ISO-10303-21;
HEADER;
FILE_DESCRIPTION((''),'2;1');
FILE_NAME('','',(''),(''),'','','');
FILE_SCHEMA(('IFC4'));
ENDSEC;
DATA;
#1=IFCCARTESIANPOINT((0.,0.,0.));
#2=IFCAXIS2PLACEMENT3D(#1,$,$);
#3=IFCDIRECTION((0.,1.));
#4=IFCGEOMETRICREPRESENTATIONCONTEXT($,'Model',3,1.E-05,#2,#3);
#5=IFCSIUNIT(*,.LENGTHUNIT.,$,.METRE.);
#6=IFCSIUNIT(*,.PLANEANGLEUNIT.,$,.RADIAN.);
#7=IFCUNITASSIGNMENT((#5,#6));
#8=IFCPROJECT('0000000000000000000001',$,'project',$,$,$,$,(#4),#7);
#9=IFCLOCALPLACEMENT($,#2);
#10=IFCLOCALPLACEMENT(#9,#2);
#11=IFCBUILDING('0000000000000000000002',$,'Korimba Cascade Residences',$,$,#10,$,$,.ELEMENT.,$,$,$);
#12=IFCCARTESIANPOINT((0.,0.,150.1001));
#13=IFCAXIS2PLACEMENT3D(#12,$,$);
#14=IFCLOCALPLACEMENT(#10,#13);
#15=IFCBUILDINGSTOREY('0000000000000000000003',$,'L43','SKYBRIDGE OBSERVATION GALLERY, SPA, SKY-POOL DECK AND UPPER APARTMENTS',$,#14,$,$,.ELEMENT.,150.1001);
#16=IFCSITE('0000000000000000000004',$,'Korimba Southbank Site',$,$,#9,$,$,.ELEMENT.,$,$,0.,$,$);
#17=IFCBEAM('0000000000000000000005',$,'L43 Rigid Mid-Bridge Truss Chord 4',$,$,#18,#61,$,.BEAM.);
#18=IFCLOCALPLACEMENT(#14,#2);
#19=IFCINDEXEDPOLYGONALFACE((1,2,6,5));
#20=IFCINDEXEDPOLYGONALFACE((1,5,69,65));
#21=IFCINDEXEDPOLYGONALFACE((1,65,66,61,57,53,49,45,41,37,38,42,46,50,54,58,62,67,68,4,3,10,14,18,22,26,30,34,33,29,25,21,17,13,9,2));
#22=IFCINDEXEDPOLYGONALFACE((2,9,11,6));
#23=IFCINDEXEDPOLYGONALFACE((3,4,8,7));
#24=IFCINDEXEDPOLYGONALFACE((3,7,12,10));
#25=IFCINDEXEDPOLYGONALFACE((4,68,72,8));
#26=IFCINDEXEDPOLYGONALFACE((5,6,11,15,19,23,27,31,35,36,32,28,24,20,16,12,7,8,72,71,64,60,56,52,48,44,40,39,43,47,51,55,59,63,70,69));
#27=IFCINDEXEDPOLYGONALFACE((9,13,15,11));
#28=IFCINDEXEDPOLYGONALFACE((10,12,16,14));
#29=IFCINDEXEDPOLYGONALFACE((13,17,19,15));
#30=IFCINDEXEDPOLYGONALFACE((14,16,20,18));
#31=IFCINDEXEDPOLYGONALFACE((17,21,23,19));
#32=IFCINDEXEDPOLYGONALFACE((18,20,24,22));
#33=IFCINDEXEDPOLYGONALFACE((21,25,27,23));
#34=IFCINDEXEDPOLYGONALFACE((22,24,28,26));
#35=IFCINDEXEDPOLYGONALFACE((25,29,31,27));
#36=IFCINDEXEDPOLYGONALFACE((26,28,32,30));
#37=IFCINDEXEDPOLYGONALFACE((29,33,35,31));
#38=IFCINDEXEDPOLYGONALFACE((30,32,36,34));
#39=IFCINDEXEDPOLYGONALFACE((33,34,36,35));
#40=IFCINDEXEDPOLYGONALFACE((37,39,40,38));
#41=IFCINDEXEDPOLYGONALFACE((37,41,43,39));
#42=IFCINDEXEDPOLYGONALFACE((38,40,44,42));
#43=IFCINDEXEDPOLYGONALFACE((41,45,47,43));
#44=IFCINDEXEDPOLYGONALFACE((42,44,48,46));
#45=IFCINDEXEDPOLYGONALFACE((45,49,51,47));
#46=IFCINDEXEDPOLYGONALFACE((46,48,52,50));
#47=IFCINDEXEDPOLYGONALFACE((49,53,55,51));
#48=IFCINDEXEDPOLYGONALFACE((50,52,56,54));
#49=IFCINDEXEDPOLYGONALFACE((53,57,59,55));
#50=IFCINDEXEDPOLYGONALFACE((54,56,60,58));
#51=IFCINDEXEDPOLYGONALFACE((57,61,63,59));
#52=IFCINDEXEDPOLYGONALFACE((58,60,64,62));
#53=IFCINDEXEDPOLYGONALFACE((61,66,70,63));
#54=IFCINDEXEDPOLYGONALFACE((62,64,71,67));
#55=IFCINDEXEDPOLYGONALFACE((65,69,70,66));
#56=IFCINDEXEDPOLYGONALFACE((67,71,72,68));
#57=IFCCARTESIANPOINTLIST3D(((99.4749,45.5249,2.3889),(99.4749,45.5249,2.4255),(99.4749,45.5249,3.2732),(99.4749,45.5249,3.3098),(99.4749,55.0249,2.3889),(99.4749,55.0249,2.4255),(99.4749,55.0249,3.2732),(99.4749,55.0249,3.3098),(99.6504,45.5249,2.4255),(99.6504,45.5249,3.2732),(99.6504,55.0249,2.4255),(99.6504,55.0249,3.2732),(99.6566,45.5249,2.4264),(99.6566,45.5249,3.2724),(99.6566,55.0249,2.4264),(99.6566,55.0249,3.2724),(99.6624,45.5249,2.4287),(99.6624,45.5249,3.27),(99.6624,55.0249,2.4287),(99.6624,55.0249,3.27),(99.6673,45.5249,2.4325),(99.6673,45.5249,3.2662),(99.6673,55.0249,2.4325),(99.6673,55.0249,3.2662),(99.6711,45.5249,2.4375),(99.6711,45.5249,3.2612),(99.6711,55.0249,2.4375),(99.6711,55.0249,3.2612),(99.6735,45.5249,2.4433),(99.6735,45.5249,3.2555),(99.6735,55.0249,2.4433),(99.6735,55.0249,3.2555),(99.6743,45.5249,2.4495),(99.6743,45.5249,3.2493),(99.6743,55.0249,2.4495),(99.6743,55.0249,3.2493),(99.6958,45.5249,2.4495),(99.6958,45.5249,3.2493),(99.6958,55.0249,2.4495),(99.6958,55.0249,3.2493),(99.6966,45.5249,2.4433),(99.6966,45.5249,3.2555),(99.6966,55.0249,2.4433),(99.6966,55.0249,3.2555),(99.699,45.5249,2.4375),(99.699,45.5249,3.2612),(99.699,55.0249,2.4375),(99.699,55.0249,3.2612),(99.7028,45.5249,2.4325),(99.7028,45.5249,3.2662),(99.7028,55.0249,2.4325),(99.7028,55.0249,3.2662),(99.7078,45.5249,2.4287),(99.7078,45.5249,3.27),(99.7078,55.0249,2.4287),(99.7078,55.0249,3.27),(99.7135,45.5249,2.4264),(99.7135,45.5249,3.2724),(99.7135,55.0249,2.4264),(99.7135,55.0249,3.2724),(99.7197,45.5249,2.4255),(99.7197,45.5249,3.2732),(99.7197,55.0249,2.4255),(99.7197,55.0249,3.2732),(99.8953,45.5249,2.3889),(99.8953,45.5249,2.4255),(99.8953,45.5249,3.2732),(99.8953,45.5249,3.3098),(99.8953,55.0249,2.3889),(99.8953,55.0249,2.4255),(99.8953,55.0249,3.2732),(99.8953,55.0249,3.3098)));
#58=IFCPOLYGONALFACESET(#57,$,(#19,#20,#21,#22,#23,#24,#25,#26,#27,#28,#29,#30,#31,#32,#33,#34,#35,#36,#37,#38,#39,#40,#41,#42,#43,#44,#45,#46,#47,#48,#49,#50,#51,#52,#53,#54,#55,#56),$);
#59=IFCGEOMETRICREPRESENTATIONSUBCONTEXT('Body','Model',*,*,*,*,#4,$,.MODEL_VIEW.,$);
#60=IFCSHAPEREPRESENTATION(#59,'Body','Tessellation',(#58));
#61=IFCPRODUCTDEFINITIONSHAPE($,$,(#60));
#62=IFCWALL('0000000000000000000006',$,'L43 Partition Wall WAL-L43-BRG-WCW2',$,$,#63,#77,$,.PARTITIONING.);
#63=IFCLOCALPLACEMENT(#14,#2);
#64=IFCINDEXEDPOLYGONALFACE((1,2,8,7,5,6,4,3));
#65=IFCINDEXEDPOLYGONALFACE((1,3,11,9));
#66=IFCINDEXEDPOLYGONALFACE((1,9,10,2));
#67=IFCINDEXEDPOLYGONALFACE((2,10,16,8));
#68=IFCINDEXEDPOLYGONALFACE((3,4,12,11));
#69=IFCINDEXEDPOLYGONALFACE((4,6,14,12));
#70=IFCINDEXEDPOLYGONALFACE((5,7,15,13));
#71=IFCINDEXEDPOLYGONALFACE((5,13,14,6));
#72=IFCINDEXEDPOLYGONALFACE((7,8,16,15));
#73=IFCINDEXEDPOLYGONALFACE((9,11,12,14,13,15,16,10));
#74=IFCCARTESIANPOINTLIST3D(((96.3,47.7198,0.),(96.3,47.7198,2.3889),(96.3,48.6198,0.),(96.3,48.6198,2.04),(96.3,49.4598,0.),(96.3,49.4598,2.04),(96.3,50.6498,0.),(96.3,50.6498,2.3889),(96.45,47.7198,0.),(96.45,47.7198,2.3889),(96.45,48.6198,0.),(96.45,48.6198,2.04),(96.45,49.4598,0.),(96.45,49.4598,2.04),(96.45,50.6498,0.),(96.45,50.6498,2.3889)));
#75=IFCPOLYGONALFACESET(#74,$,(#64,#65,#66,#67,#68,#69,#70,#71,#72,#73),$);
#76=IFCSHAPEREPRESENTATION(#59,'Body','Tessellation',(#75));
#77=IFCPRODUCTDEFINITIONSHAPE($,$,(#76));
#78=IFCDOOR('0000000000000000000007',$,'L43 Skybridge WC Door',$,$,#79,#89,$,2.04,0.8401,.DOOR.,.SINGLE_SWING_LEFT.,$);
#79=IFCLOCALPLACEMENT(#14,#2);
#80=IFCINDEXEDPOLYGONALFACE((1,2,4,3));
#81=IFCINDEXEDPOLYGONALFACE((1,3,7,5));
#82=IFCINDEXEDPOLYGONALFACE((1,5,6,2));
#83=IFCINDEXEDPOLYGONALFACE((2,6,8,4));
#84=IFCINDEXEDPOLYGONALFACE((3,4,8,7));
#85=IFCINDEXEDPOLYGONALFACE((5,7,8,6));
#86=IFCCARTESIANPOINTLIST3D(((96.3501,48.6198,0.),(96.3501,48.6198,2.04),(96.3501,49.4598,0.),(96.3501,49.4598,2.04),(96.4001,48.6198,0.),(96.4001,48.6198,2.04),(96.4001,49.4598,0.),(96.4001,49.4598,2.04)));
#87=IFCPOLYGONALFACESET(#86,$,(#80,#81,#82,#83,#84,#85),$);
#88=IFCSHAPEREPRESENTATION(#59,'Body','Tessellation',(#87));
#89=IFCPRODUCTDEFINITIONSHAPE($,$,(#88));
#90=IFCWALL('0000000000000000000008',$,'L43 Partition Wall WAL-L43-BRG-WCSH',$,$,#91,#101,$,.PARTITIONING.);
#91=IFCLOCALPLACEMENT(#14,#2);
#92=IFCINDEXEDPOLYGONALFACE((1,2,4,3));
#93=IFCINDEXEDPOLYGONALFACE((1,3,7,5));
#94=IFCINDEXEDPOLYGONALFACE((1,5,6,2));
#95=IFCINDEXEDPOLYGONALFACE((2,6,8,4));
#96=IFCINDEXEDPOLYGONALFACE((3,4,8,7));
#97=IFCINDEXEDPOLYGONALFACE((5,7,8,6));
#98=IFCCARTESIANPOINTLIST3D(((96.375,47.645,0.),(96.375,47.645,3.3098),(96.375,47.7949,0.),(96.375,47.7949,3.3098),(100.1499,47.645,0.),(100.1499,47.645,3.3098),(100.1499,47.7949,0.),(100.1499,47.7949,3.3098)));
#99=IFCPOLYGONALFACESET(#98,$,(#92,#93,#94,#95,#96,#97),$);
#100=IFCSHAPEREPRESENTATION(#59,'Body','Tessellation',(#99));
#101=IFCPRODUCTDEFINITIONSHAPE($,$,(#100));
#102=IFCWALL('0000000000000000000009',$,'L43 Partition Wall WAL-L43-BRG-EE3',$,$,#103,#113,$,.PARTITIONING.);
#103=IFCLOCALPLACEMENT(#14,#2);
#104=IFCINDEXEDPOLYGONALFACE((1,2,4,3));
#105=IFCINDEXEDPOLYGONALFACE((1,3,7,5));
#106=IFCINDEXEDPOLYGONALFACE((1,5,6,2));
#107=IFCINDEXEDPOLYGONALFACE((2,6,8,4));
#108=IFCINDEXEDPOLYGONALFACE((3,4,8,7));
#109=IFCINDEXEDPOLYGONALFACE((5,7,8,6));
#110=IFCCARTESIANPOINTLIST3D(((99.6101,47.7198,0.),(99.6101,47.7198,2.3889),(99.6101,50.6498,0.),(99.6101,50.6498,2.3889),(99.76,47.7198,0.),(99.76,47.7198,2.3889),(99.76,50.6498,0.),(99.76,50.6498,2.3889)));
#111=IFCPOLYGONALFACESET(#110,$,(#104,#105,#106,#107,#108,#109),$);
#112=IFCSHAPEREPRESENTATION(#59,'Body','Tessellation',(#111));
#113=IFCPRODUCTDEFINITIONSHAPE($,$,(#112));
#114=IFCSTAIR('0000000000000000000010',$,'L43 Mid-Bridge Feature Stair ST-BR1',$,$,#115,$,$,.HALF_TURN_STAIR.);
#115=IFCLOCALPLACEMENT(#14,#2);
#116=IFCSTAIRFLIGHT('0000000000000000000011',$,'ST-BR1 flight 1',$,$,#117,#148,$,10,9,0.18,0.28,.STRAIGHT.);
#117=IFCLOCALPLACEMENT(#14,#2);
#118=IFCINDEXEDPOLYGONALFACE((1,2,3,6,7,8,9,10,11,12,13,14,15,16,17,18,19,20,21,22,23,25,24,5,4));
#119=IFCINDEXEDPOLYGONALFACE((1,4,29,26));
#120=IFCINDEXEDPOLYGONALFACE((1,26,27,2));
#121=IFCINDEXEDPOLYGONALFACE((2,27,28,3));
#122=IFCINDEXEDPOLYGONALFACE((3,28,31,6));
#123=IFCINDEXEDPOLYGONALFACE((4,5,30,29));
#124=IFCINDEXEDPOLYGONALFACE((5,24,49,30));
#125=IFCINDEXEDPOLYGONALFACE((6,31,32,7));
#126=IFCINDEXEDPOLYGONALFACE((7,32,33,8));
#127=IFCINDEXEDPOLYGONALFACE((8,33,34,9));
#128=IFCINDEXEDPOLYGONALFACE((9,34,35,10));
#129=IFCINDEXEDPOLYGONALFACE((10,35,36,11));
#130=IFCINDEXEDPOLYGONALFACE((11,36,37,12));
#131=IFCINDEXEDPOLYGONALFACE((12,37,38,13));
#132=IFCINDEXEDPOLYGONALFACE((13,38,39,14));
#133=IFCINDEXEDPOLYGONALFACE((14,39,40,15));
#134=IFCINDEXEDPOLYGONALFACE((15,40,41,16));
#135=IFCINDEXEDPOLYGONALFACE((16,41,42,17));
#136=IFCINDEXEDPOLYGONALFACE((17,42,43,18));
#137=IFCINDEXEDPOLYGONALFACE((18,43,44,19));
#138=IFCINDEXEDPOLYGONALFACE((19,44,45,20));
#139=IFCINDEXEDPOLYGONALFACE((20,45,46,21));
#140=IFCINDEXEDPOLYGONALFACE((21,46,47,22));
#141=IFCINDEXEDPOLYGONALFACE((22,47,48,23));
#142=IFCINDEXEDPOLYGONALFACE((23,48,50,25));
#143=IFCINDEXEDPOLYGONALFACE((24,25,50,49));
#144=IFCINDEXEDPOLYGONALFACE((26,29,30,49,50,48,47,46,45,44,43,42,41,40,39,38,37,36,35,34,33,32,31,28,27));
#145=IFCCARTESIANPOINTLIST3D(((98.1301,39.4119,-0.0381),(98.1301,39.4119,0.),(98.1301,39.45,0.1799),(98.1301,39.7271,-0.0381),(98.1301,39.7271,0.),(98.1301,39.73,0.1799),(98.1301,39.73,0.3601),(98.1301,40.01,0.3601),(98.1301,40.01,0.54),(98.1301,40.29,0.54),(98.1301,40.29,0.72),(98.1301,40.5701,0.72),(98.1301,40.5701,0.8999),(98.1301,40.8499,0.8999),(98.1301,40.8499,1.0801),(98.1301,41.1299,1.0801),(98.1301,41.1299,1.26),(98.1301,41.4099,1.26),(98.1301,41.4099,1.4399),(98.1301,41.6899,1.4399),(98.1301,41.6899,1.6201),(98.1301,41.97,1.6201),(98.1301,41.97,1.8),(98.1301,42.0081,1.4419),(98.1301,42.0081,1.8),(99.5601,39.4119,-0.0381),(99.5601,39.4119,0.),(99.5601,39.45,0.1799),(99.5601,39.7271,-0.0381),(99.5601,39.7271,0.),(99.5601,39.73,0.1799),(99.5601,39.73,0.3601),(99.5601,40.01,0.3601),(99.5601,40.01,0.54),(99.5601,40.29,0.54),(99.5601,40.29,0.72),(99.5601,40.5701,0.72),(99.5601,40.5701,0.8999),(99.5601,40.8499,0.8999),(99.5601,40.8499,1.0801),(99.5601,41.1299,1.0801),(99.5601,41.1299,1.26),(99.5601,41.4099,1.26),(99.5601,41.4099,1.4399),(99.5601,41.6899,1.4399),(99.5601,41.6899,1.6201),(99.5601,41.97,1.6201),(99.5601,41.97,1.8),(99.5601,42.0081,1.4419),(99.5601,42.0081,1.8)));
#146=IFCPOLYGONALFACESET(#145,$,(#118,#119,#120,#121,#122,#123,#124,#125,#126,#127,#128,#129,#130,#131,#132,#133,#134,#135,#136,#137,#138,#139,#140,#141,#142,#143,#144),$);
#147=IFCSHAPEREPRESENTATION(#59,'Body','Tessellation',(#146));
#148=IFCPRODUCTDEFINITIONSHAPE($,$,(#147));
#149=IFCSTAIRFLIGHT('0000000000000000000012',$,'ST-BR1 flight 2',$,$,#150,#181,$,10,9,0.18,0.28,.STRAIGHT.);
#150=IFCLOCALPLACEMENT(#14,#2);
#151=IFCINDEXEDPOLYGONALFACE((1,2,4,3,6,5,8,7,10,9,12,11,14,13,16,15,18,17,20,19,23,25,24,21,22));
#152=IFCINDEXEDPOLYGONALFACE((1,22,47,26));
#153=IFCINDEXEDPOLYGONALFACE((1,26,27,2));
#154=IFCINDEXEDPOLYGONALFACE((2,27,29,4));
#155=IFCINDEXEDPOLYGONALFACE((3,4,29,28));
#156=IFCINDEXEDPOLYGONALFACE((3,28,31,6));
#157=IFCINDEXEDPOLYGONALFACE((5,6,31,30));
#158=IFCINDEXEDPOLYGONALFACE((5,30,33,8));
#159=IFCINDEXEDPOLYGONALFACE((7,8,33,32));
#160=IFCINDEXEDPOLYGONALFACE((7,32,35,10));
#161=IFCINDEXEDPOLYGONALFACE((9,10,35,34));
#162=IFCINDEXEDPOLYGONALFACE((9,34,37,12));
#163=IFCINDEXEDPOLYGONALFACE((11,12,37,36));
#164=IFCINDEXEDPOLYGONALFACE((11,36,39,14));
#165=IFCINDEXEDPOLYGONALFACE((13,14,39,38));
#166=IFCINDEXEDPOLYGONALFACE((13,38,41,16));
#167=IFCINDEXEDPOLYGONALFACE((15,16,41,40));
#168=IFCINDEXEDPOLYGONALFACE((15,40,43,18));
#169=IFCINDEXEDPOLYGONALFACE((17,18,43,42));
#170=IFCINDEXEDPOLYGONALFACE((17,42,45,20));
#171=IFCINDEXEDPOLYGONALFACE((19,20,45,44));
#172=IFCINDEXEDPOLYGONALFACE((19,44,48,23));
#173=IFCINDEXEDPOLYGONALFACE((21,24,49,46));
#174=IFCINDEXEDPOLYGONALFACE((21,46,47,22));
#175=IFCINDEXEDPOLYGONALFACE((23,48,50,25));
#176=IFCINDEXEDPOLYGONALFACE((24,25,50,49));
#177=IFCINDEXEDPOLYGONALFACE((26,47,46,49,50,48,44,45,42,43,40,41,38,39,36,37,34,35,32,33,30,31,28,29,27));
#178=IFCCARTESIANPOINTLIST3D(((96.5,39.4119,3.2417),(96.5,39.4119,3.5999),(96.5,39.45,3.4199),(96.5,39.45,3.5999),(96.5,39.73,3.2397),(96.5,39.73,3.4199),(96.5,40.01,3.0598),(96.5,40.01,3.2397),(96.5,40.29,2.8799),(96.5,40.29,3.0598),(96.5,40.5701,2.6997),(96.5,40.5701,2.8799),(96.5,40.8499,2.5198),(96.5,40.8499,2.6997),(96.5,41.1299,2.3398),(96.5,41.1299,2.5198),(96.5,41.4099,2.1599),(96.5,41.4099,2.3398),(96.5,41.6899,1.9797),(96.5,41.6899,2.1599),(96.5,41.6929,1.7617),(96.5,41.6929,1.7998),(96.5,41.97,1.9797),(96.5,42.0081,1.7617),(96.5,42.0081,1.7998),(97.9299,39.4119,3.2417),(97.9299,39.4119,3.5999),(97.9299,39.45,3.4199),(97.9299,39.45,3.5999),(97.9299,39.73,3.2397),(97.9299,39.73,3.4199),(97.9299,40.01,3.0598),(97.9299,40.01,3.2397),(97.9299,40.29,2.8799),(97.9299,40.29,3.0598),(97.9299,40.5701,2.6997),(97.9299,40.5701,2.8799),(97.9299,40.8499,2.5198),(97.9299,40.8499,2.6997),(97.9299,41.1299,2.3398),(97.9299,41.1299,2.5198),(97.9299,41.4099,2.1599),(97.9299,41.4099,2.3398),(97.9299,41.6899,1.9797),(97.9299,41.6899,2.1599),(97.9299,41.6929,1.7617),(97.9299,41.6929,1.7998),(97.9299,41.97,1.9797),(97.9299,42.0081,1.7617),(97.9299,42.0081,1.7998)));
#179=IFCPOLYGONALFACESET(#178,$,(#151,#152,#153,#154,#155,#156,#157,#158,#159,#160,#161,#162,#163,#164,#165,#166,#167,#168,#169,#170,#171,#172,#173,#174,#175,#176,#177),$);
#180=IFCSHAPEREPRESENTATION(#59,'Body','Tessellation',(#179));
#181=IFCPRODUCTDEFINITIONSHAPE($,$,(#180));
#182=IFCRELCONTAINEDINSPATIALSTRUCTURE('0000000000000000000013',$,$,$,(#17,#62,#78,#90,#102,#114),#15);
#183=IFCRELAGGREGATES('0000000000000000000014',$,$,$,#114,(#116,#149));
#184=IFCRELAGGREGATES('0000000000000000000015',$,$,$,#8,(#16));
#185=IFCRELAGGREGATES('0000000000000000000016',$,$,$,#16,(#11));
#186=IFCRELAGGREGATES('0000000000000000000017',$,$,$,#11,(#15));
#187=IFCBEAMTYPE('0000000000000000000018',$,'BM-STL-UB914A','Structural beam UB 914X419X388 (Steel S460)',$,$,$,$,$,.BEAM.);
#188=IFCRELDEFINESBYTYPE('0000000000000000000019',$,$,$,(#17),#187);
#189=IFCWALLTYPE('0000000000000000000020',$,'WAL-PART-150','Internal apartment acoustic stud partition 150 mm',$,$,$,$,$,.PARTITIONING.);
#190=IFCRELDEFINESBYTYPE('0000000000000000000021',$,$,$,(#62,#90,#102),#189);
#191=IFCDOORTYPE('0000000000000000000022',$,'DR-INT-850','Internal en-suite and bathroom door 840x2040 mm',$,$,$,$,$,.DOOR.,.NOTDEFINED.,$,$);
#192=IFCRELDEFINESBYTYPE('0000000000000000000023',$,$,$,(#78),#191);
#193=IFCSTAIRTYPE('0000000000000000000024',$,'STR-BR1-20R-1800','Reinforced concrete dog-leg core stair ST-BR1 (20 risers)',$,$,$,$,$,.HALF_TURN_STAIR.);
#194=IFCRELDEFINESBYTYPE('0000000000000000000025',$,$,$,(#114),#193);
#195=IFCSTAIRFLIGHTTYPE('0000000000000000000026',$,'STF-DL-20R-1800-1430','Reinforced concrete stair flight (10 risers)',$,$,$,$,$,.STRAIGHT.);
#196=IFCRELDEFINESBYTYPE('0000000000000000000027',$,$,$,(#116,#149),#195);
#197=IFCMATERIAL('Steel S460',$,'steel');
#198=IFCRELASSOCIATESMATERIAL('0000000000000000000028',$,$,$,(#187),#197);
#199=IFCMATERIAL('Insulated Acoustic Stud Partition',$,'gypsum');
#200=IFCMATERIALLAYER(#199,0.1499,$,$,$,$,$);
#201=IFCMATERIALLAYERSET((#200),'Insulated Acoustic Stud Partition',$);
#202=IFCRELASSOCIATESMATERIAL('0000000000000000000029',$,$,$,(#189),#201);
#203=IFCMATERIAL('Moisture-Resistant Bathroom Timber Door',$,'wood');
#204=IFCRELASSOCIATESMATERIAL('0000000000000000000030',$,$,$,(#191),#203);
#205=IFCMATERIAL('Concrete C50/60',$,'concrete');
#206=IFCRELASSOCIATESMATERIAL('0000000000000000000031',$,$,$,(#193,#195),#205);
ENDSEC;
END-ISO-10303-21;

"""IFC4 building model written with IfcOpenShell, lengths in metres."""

from ifc_helpers import new_model, si_unit, direction, frame, frame_2d, origin, origin_2d, place, context, subcontext, project, spatial, polyline, rectangle, i_section, outline, extrude, material, layer, layer_set, material_profile, profile_set, type_object, element, fill, aggregate, save


model = new_model("IFC4")

# Units and contexts
model_context = context("Model", 3, precision=1e-05, world=origin(), true_north=direction((0.0, 1.0)))
body_context = subcontext(model_context, "Body", "Model", "MODEL_VIEW")
ifc_project = project(units=[si_unit("LENGTHUNIT", "METRE"), si_unit("PLANEANGLEUNIT", "RADIAN")], contexts=[model_context])

# Site, building, storey
site_placement = place(None, origin())
site = spatial("IfcSite", under=ifc_project, at=site_placement, Name="Korimba Southbank Site", CompositionType="ELEMENT", RefElevation=0.0)
building_placement = place(site_placement, origin())
building = spatial("IfcBuilding", under=site, at=building_placement, Name="Korimba Cascade Residences", CompositionType="ELEMENT")
storey_placement = place(building_placement, frame((0.0, 0.0, 150.1001)))
storey = spatial("IfcBuildingStorey", under=building, at=storey_placement, Name="L43", Description="SKYBRIDGE OBSERVATION GALLERY, SPA, SKY-POOL DECK AND UPPER APARTMENTS", CompositionType="ELEMENT", Elevation=150.1001)

# Beam
ifc_material_1 = material(Name="Steel S460", Category="steel")
ifc_material_profile_1 = material_profile(ifc_material_1, i_section(OverallWidth=0.4204, OverallDepth=0.9209, WebThickness=0.0215, FlangeThickness=0.0366, FilletRadius=0.0239, at=origin_2d()), Name="Steel S460")
ifc_profile_set_1 = profile_set([ifc_material_profile_1], Name="Steel S460")
beam_type_1 = type_object("IfcBeamType", Name="BM-STL-UB914A", Description="Structural beam UB 914X419X388 (Steel S460)", PredefinedType="BEAM", material=ifc_profile_set_1)
for number, where, z_axis, x_axis, name in (
    (1, (99.6851, 45.5249, 2.8494), (0.0, 1.0, 0.0), (-1.0, 0.0, 0.0), "L43 Rigid Mid-Bridge Truss Chord 4"),
):
    element("IfcBeam", number, at=place(storey_placement, frame(where, z_axis=z_axis, x_axis=x_axis)), inside=storey, type_object=beam_type_1, Name=name, PredefinedType="BEAM", context=body_context, shape_type="SweptSolid", body=[
        extrude(i_section(OverallWidth=0.4204, OverallDepth=0.9209, WebThickness=0.0215, FlangeThickness=0.0366, FilletRadius=0.0239, at=origin_2d()), origin(), (0.0, 0.0, 1.0), 9.5),
    ])

# Wall, opening, door
ifc_material_2 = material(Name="Insulated Acoustic Stud Partition", Category="gypsum")
ifc_layer = layer(ifc_material_2, 0.1499)
ifc_layer_set = layer_set([ifc_layer], Name="Insulated Acoustic Stud Partition")
wall_type = type_object("IfcWallType", Name="WAL-PART-150", Description="Internal apartment acoustic stud partition 150 mm", PredefinedType="PARTITIONING", material=ifc_layer_set)
wall_1_placement = place(storey_placement, frame((96.375, 47.72, 0.0), z_axis=(0.0, 0.0, 1.0), x_axis=(0.0, 1.0, 0.0)))
wall_1 = element("IfcWall", 2, at=wall_1_placement, inside=storey, type_object=wall_type, Name="L43 Partition Wall WAL-L43-BRG-WCW2", PredefinedType="PARTITIONING", context=body_context, shape_type="SweptSolid", body=[
    extrude(rectangle(XDim=2.9299, YDim=0.1499, at=frame_2d((1.4648, 0.0))), origin(), (0.0, 0.0, 1.0), 2.3889),
])
opening_placement = place(wall_1_placement, frame((0.8999, 0.0, 0.0)))
opening = element("IfcOpeningElement", 3, at=opening_placement, cuts=wall_1, PredefinedType="OPENING", context=body_context, shape_type="SweptSolid", body=[
    extrude(rectangle(XDim=0.8401, YDim=2.04, at=frame_2d((0.4199, 1.02))), frame((0.0, 0.085, 0.0), z_axis=(0.0, -1.0, 0.0), x_axis=(1.0, 0.0, 0.0)), (0.0, 0.0, 1.0), 0.1699),
])
ifc_material_3 = material(Name="Moisture-Resistant Bathroom Timber Door", Category="wood")
door_type = type_object("IfcDoorType", Name="DR-INT-850", Description="Internal en-suite and bathroom door 840x2040 mm", OperationType="NOTDEFINED", PredefinedType="DOOR", material=ifc_material_3)
door_placement = place(opening_placement, origin())
door = element("IfcDoor", 4, at=door_placement, inside=storey, type_object=door_type, Name="L43 Skybridge WC Door", OperationType="SINGLE_SWING_LEFT", OverallHeight=2.04, OverallWidth=0.8401, PredefinedType="DOOR", context=body_context, shape_type="SweptSolid", body=[
    extrude(rectangle(XDim=0.8401, YDim=2.04, at=frame_2d((0.4199, 1.02))), frame((0.0, 0.0249, 0.0), z_axis=(0.0, -1.0, 0.0), x_axis=(1.0, 0.0, 0.0)), (0.0, 0.0, 1.0), 0.05),
])
fill(opening, door)

# Walls
wall_2_placement = place(storey_placement, frame((96.375, 47.72, 0.0), z_axis=(0.0, 0.0, 1.0), x_axis=(1.0, 0.0, 0.0)))
element("IfcWall", 5, at=wall_2_placement, inside=storey, type_object=wall_type, Name="L43 Partition Wall WAL-L43-BRG-WCSH", PredefinedType="PARTITIONING", context=body_context, shape_type="SweptSolid", body=[
    extrude(rectangle(XDim=3.7749, YDim=0.1499, at=frame_2d((1.8875, 0.0))), origin(), (0.0, 0.0, 1.0), 3.3098),
])
wall_3_placement = place(storey_placement, frame((99.6851, 47.72, 0.0), z_axis=(0.0, 0.0, 1.0), x_axis=(0.0, 1.0, 0.0)))
element("IfcWall", 6, at=wall_3_placement, inside=storey, type_object=wall_type, Name="L43 Partition Wall WAL-L43-BRG-EE3", PredefinedType="PARTITIONING", context=body_context, shape_type="SweptSolid", body=[
    extrude(rectangle(XDim=2.9299, YDim=0.1499, at=frame_2d((1.4648, 0.0))), origin(), (0.0, 0.0, 1.0), 2.3889),
])

# Stair, stair flights
ifc_material_4 = material(Name="Concrete C50/60", Category="concrete")
stair_type = type_object("IfcStairType", Name="STR-BR1-20R-1800", Description="Reinforced concrete dog-leg core stair ST-BR1 (20 risers)", PredefinedType="HALF_TURN_STAIR", material=ifc_material_4)
stair_placement = place(storey_placement, origin())
stair = element("IfcStair", 7, at=stair_placement, inside=storey, type_object=stair_type, Name="L43 Mid-Bridge Feature Stair ST-BR1", PredefinedType="HALF_TURN_STAIR")
stair_flight_type = type_object("IfcStairFlightType", Name="STF-DL-20R-1800-1430", Description="Reinforced concrete stair flight (10 risers)", PredefinedType="STRAIGHT", material=ifc_material_4)
stair_flight_1_placement = place(storey_placement, frame((98.845, 39.45, 0.0), z_axis=(0.0, 0.0, 1.0), x_axis=(0.0, 1.0, 0.0)))
stair_flight_1 = element("IfcStairFlight", 8, at=stair_flight_1_placement, type_object=stair_flight_type, Name="ST-BR1 flight 1", NumberOfRisers=10, NumberOfTreads=9, PredefinedType="STRAIGHT", RiserHeight=0.18, TreadLength=0.28, context=body_context, shape_type="SweptSolid", body=[
    extrude(outline(polyline([(-0.0381, 0.0), (0.0, 0.1799), (0.28, 0.1799), (0.28, 0.3601), (0.5601, 0.3601), (0.5601, 0.54), (0.8401, 0.54), (0.8401, 0.72), (1.1201, 0.72), (1.1201, 0.8999), (1.3999, 0.8999), (1.3999, 1.0801), (1.6799, 1.0801), (1.6799, 1.26), (1.96, 1.26), (1.96, 1.4399), (2.24, 1.4399), (2.24, 1.6201), (2.52, 1.6201), (2.52, 1.8), (2.5581, 1.8), (2.5581, 1.4419), (0.2771, 0.0), (0.2771, -0.0381), (-0.0381, -0.0381), (-0.0381, 0.0)])), frame((0.0, 0.7148, 0.0), z_axis=(0.0, -1.0, 0.0), x_axis=(1.0, 0.0, 0.0)), (0.0, 0.0, 1.0), 1.4299),
])
stair_flight_2_placement = place(storey_placement, frame((97.2151, 41.97, 1.7998), z_axis=(0.0, 0.0, 1.0), x_axis=(0.0, -1.0, 0.0)))
stair_flight_2 = element("IfcStairFlight", 9, at=stair_flight_2_placement, type_object=stair_flight_type, Name="ST-BR1 flight 2", NumberOfRisers=10, NumberOfTreads=9, PredefinedType="STRAIGHT", RiserHeight=0.18, TreadLength=0.28, context=body_context, shape_type="SweptSolid", body=[
    extrude(outline(polyline([(-0.0381, 0.0), (0.0, 0.1799), (0.28, 0.1799), (0.28, 0.3601), (0.5601, 0.3601), (0.5601, 0.54), (0.8401, 0.54), (0.8401, 0.72), (1.1201, 0.72), (1.1201, 0.8999), (1.3999, 0.8999), (1.3999, 1.0801), (1.6799, 1.0801), (1.6799, 1.26), (1.96, 1.26), (1.96, 1.4399), (2.24, 1.4399), (2.24, 1.6201), (2.52, 1.6201), (2.52, 1.8), (2.5581, 1.8), (2.5581, 1.4419), (0.2771, 0.0), (0.2771, -0.0381), (-0.0381, -0.0381), (-0.0381, 0.0)])), frame((0.0, 0.7148, 0.0), z_axis=(0.0, -1.0, 0.0), x_axis=(1.0, 0.0, 0.0)), (0.0, 0.0, 1.0), 1.4299),
])
aggregate(stair, [stair_flight_1, stair_flight_2])

save(model, "model.ifc")
